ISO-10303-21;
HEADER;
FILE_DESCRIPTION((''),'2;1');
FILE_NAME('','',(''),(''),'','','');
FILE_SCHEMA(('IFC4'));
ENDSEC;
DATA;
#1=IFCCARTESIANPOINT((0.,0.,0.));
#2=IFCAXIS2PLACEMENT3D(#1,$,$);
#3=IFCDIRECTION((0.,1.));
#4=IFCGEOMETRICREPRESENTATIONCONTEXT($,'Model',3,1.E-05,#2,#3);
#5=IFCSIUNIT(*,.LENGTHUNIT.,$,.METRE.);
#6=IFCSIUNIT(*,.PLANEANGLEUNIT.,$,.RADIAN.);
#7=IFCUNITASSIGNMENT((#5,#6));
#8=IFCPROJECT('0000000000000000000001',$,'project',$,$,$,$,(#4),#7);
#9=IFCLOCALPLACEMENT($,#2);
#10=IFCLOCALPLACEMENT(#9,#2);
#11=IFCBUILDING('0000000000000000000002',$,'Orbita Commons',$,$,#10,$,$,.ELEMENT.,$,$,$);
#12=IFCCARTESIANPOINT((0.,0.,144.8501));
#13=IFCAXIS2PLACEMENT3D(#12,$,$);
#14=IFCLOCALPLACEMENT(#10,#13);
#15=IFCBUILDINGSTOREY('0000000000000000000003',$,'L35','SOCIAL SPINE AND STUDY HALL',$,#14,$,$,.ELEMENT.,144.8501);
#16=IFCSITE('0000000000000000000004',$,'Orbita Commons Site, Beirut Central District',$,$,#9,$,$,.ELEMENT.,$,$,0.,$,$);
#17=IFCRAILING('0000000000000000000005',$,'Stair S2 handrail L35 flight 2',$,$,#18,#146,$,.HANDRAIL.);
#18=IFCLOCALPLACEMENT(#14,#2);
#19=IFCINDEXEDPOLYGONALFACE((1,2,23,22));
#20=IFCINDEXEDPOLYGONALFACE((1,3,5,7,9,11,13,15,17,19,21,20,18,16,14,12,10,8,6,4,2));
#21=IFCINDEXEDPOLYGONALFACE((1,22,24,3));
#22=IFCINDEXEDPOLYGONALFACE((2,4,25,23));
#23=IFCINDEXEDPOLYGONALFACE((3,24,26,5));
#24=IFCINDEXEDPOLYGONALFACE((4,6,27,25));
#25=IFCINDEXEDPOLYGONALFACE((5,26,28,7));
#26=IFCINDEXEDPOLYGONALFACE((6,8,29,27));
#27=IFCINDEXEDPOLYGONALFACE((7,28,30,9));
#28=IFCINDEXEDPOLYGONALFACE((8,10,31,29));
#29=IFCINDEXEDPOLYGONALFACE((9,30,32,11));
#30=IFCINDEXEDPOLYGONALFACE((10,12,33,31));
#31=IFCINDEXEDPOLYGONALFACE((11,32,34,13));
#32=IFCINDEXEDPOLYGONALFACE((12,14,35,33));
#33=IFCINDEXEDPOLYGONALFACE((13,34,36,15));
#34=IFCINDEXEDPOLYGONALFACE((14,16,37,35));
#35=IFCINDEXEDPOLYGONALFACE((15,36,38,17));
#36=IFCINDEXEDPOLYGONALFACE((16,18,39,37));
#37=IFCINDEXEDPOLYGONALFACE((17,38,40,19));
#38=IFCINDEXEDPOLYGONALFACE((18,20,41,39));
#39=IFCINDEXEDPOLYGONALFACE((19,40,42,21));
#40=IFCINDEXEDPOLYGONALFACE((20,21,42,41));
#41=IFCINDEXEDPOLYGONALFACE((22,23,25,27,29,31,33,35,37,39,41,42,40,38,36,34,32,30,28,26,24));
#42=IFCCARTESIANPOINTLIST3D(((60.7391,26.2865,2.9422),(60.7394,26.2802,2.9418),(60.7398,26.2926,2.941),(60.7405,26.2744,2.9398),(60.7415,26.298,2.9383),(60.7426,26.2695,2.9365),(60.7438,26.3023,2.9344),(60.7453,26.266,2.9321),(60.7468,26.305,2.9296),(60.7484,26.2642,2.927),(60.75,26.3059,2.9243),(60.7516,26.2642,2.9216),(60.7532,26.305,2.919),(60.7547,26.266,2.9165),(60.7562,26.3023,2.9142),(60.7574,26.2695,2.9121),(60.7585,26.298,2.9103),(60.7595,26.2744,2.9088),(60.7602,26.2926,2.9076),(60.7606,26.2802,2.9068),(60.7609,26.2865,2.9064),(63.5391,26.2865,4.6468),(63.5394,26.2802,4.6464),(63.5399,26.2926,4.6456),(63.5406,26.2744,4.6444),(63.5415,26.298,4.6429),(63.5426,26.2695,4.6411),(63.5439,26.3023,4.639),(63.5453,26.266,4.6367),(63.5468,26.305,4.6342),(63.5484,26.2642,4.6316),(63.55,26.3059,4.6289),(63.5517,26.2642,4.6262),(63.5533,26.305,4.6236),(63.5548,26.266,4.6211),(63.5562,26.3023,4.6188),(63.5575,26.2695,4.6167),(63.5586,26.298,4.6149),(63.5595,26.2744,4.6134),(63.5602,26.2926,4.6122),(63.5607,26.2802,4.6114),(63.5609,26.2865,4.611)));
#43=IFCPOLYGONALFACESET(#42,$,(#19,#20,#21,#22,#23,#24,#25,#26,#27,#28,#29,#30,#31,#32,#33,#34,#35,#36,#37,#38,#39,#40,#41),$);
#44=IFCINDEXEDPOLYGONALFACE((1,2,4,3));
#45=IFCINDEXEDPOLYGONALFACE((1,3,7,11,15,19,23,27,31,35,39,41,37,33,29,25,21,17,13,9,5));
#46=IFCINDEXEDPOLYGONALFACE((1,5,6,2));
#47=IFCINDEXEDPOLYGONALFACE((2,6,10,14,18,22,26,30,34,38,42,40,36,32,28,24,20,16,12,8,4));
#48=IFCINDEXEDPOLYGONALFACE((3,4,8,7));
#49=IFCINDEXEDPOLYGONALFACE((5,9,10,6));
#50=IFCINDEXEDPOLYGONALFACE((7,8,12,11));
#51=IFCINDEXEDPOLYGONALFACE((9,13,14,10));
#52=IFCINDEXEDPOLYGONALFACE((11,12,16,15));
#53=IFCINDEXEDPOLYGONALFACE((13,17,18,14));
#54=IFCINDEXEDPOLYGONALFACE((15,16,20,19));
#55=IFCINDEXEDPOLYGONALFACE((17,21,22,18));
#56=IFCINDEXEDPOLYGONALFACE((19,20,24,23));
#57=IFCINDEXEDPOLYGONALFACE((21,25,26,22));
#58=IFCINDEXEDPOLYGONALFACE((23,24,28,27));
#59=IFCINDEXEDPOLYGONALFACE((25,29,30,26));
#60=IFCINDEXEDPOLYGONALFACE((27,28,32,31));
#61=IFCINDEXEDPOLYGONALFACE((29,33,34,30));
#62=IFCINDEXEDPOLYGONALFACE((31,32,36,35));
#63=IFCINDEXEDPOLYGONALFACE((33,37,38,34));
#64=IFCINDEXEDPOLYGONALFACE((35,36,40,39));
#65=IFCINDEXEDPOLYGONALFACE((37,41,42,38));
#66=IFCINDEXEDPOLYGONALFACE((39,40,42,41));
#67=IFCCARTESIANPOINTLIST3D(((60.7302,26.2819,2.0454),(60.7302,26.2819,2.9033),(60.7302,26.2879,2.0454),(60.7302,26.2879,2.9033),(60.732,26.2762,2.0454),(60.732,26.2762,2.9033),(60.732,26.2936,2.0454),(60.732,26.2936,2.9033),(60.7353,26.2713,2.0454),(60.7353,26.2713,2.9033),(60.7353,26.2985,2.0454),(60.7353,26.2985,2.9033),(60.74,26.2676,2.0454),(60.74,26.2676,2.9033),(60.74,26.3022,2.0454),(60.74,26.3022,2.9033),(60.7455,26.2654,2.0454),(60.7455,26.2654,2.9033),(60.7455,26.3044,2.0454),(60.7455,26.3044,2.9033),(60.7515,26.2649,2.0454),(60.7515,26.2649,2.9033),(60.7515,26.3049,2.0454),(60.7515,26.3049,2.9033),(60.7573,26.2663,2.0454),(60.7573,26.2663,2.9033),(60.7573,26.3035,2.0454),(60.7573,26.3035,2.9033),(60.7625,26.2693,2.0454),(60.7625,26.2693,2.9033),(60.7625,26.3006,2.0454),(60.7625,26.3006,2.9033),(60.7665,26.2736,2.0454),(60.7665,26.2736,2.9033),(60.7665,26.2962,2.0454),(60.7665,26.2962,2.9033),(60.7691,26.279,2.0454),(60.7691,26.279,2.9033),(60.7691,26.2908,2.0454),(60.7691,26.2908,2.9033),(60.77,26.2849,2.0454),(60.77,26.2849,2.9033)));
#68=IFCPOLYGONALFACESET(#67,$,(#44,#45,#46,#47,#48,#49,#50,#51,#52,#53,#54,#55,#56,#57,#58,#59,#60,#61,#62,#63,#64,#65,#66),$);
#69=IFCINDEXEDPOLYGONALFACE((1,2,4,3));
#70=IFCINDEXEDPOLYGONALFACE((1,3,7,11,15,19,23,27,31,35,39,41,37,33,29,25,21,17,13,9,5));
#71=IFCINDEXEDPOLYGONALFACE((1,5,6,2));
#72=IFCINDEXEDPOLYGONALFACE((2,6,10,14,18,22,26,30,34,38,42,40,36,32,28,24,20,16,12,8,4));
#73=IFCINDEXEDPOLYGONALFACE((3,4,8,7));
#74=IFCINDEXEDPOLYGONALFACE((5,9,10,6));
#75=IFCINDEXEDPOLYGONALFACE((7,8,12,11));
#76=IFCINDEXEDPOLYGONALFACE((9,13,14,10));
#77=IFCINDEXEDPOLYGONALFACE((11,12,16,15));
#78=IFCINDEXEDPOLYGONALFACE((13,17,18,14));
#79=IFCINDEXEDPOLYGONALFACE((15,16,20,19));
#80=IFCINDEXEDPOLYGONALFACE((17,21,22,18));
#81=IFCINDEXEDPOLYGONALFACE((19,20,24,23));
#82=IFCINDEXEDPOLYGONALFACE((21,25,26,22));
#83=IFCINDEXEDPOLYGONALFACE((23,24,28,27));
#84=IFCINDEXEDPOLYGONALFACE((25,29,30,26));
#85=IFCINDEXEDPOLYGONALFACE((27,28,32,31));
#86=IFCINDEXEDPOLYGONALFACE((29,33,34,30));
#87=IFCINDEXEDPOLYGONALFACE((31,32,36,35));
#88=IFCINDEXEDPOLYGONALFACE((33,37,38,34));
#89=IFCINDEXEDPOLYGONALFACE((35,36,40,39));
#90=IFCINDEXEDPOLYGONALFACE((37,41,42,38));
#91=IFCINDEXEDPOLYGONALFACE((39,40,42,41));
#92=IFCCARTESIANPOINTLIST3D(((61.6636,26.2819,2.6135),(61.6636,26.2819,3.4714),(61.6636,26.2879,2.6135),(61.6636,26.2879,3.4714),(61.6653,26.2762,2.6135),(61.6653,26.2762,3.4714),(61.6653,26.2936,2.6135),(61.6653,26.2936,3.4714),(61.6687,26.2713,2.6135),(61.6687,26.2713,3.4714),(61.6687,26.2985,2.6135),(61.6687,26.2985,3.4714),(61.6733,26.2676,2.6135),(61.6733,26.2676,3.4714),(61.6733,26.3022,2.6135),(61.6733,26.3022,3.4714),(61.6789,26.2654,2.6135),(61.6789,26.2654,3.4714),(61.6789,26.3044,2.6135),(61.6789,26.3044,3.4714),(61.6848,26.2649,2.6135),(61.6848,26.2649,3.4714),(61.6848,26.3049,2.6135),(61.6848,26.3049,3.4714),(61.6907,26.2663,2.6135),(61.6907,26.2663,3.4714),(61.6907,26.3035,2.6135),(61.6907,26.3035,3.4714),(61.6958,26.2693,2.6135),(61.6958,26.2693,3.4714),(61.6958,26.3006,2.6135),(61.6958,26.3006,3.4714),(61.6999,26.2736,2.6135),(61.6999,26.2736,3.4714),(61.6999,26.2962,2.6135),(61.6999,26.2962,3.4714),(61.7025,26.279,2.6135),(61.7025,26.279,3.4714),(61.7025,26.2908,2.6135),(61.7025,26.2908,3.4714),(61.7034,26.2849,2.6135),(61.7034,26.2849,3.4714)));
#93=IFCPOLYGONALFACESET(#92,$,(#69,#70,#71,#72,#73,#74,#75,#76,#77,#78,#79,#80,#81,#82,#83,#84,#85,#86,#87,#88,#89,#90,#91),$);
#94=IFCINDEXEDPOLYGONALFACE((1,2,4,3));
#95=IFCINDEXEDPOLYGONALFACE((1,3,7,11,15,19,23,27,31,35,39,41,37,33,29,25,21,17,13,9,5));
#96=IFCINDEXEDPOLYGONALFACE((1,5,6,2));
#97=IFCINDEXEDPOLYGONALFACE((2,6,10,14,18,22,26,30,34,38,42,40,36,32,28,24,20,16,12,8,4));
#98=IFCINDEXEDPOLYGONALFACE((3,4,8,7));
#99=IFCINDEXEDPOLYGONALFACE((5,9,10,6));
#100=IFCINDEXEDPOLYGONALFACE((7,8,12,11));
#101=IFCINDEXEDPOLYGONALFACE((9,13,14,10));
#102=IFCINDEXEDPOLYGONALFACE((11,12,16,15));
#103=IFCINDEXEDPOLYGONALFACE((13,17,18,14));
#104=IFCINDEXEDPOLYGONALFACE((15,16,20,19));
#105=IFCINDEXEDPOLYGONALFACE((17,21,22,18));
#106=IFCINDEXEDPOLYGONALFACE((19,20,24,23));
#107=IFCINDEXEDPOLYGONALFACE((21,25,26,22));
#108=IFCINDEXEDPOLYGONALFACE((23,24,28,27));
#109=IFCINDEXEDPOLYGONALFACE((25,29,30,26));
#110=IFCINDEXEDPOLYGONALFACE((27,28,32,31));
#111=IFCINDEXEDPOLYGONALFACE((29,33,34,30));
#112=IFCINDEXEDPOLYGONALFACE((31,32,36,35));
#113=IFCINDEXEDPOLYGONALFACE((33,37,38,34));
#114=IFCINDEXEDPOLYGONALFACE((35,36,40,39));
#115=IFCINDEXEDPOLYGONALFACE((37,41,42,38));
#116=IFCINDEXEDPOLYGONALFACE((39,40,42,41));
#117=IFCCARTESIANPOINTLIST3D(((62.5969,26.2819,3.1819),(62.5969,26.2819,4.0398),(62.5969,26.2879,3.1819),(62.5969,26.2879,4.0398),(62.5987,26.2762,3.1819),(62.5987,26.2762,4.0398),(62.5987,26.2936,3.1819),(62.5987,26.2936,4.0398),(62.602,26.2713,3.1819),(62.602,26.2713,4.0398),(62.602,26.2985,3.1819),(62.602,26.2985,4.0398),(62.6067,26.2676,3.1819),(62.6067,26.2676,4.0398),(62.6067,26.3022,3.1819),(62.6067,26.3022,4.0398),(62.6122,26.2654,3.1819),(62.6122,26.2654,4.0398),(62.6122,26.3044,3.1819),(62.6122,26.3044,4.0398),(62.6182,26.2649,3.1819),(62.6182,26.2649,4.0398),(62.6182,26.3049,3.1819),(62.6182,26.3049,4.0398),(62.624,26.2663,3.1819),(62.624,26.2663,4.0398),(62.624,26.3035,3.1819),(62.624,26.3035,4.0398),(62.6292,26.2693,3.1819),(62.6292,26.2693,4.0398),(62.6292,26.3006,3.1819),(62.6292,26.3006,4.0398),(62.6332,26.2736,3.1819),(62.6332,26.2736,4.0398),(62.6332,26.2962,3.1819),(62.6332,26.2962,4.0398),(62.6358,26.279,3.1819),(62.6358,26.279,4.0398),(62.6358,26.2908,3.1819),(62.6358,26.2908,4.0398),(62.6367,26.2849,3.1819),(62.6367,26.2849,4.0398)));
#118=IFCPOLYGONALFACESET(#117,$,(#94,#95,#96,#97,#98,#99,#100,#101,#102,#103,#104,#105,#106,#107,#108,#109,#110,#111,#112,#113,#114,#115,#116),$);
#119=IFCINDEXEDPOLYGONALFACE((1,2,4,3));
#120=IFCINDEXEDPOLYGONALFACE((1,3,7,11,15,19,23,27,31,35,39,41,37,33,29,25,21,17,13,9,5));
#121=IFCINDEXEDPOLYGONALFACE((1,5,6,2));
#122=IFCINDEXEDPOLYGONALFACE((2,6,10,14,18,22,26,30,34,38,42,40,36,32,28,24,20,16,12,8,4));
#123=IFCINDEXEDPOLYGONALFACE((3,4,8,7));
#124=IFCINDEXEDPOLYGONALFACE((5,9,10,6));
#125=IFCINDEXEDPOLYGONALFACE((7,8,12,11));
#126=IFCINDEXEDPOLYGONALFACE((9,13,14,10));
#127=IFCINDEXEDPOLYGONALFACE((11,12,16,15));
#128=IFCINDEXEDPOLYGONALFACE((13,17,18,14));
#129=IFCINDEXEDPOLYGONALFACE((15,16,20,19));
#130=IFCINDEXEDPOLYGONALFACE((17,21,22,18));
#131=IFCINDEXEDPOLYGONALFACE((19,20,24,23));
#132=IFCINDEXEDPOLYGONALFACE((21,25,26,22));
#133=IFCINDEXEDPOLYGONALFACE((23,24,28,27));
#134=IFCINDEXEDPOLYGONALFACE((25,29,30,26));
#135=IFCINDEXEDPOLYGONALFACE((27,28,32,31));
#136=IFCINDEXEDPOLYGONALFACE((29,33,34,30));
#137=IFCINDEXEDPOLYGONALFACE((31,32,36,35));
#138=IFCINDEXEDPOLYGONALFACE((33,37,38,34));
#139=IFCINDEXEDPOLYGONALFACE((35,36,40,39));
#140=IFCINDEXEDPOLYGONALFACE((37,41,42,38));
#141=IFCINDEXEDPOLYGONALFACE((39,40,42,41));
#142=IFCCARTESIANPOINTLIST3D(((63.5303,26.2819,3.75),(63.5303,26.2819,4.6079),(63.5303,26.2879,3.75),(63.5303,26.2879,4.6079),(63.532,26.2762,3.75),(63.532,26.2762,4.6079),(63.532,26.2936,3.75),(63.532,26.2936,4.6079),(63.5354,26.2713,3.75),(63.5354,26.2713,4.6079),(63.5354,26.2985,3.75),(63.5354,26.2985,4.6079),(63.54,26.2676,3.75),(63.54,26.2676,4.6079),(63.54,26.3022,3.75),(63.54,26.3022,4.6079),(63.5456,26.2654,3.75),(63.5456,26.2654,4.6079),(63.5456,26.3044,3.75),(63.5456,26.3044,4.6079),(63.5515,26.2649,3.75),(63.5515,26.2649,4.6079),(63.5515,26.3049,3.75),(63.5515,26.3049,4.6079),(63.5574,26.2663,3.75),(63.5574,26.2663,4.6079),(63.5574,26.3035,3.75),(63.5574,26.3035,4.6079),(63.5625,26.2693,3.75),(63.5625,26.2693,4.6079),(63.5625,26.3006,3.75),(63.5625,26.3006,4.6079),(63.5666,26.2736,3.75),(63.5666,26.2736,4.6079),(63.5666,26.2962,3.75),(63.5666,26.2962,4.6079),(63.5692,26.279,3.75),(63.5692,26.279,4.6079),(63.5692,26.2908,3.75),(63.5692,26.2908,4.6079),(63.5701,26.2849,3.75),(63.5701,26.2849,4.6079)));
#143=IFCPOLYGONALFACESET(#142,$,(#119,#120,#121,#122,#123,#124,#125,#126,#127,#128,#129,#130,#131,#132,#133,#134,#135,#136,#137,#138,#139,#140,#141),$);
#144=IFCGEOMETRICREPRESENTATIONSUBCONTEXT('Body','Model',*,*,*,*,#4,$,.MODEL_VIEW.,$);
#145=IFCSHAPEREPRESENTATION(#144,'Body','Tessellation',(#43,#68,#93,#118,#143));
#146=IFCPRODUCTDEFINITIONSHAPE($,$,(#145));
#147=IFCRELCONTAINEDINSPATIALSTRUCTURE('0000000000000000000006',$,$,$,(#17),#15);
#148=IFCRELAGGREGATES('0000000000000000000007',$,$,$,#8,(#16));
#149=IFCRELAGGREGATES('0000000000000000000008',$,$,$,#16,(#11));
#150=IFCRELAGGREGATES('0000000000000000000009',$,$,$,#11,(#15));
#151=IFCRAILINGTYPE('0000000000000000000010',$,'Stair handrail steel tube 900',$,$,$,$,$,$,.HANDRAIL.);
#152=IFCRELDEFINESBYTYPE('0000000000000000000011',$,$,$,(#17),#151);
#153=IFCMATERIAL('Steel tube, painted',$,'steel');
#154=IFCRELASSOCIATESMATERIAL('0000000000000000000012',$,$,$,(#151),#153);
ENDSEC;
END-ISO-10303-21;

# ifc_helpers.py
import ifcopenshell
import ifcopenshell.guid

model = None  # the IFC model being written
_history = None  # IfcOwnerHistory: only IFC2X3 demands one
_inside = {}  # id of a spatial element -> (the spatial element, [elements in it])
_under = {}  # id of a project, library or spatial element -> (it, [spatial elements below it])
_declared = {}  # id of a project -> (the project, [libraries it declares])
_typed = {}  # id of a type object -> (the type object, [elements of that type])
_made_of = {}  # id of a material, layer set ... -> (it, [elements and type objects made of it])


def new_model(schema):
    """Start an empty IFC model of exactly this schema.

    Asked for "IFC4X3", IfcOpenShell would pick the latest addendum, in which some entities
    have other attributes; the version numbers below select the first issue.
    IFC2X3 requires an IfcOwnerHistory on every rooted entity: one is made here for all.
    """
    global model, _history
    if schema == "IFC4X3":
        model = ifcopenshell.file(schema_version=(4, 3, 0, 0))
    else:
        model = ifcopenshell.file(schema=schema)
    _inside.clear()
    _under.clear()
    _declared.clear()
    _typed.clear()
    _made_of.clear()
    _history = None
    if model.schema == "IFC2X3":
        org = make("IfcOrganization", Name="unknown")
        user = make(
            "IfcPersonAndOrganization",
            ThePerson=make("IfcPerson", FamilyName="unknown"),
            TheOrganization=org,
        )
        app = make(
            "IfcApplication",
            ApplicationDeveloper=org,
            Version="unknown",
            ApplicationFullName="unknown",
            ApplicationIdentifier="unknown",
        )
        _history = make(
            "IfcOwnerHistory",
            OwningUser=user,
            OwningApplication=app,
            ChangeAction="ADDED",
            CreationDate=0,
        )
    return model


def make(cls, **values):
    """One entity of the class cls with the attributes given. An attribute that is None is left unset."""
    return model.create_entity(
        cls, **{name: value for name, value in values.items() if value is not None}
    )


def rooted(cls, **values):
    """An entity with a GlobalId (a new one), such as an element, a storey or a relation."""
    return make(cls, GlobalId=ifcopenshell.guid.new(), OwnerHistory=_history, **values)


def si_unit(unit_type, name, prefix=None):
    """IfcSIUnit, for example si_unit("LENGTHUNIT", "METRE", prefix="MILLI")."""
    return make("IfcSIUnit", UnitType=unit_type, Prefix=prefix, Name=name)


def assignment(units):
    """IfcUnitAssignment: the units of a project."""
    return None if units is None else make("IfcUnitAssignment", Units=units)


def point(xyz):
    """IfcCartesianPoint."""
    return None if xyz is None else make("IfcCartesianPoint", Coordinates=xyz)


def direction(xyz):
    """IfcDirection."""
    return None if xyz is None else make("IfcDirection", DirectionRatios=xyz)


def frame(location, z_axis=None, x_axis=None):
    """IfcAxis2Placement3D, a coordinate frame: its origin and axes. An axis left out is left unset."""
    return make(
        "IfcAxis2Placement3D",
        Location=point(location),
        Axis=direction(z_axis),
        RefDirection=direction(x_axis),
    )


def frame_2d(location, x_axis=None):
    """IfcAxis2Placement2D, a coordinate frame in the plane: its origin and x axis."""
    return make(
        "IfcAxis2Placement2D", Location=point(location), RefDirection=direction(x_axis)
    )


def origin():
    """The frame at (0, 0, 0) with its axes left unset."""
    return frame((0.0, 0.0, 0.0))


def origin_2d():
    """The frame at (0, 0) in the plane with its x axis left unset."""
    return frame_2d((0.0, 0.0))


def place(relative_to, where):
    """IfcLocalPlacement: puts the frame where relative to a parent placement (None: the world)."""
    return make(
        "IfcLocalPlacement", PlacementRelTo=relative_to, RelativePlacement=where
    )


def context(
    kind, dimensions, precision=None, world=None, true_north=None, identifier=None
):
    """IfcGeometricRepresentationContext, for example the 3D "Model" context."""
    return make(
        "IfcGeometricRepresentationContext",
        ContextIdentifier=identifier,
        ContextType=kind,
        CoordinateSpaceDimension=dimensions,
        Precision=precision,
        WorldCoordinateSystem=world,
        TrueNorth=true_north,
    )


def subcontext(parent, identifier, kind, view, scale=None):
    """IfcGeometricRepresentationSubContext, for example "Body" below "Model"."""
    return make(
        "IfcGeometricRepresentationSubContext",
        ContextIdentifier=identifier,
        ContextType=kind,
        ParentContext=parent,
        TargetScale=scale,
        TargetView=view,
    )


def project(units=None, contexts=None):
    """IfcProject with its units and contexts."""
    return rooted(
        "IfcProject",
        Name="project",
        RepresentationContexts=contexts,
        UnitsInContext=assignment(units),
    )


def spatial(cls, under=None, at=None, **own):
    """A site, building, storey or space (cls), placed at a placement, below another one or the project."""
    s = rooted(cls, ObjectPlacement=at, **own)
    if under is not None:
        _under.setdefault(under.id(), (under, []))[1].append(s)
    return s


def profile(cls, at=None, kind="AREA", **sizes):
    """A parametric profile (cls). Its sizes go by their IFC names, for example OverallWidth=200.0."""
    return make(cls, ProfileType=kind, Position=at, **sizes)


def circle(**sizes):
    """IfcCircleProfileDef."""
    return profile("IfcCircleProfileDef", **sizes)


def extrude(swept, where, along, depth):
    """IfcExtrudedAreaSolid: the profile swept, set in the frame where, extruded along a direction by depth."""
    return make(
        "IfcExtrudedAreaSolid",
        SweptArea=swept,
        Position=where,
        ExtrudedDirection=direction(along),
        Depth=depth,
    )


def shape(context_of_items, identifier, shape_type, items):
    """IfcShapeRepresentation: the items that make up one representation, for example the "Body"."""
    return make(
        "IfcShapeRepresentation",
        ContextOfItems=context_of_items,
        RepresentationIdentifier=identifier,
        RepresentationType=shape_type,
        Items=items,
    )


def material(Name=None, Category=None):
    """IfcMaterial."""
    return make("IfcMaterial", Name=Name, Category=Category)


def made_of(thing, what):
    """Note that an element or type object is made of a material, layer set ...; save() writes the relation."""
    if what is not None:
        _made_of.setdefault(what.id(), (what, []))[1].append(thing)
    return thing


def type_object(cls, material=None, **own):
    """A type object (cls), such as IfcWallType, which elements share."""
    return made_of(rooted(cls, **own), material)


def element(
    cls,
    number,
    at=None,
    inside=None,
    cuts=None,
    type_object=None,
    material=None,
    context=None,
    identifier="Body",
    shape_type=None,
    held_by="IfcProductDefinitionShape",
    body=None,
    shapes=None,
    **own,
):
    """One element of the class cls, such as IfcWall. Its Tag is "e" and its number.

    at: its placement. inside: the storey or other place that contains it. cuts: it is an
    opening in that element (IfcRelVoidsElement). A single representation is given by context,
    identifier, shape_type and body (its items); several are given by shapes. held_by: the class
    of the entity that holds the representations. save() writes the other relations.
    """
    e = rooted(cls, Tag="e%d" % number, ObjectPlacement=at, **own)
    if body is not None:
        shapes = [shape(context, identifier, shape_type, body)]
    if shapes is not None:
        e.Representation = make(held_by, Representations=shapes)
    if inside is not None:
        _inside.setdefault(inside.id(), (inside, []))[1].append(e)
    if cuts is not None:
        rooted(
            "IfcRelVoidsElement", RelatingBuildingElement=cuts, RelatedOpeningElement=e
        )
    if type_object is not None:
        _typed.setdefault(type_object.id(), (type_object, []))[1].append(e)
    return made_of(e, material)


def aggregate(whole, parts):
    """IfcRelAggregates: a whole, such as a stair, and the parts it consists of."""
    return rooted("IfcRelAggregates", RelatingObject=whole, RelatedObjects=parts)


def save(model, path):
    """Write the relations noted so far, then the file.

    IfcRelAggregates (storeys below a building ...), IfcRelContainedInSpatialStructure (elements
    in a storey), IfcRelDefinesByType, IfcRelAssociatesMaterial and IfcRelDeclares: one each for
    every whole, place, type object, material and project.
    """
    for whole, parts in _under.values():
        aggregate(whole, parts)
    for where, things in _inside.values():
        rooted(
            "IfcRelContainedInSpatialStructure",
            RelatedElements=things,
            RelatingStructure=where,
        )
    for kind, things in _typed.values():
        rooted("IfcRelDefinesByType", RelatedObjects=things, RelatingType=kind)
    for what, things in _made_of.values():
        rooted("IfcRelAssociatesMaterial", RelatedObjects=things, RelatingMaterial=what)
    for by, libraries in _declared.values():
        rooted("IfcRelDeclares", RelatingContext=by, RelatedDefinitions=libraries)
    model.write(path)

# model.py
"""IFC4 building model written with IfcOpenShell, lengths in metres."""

from ifc_helpers import new_model, si_unit, direction, frame, origin, origin_2d, place, context, subcontext, project, spatial, circle, extrude, material, type_object, element, save


model = new_model("IFC4")

# Units and contexts
model_context = context("Model", 3, precision=1e-05, world=origin(), true_north=direction((0.0, 1.0)))
body_context = subcontext(model_context, "Body", "Model", "MODEL_VIEW")
ifc_project = project(units=[si_unit("LENGTHUNIT", "METRE"), si_unit("PLANEANGLEUNIT", "RADIAN")], contexts=[model_context])

# Site, building, storey
site_placement = place(None, origin())
site = spatial("IfcSite", under=ifc_project, at=site_placement, Name="Orbita Commons Site, Beirut Central District", CompositionType="ELEMENT", RefElevation=0.0)
building_placement = place(site_placement, origin())
building = spatial("IfcBuilding", under=site, at=building_placement, Name="Orbita Commons", CompositionType="ELEMENT")
storey_placement = place(building_placement, frame((0.0, 0.0, 144.8501)))
storey = spatial("IfcBuildingStorey", under=building, at=storey_placement, Name="L35", Description="SOCIAL SPINE AND STUDY HALL", CompositionType="ELEMENT", Elevation=144.8501)

# Railing
ifc_material_1 = material(Name="Steel tube, painted", Category="steel")
railing_type = type_object("IfcRailingType", Name="Stair handrail steel tube 900", PredefinedType="HANDRAIL", material=ifc_material_1)
for number, where, name in (
    (1, (60.75, 26.2849, 2.0454), "Stair S2 handrail L35 flight 2"),
):
    element("IfcRailing", number, at=place(storey_placement, frame(where)), inside=storey, type_object=railing_type, Name=name, PredefinedType="HANDRAIL", context=body_context, shape_type="SweptSolid", body=[
        extrude(circle(Radius=0.021, at=origin_2d()), frame((0.0, 0.0, 0.8789), z_axis=(0.85417, 0.0, 0.519994), x_axis=(0.0, 1.0, 0.0)), (0.0, 0.0, 1.0), 3.2781),
        extrude(circle(Radius=0.02, at=origin_2d()), origin(), (0.0, 0.0, 1.0), 0.8579),
        extrude(circle(Radius=0.02, at=origin_2d()), frame((0.9333, 0.0, 0.5681)), (0.0, 0.0, 1.0), 0.8579),
        extrude(circle(Radius=0.02, at=origin_2d()), frame((1.8667, 0.0, 1.1365)), (0.0, 0.0, 1.0), 0.8579),
        extrude(circle(Radius=0.02, at=origin_2d()), frame((2.8, 0.0, 1.7046)), (0.0, 0.0, 1.0), 0.8579),
    ])

save(model, "model.ifc")
